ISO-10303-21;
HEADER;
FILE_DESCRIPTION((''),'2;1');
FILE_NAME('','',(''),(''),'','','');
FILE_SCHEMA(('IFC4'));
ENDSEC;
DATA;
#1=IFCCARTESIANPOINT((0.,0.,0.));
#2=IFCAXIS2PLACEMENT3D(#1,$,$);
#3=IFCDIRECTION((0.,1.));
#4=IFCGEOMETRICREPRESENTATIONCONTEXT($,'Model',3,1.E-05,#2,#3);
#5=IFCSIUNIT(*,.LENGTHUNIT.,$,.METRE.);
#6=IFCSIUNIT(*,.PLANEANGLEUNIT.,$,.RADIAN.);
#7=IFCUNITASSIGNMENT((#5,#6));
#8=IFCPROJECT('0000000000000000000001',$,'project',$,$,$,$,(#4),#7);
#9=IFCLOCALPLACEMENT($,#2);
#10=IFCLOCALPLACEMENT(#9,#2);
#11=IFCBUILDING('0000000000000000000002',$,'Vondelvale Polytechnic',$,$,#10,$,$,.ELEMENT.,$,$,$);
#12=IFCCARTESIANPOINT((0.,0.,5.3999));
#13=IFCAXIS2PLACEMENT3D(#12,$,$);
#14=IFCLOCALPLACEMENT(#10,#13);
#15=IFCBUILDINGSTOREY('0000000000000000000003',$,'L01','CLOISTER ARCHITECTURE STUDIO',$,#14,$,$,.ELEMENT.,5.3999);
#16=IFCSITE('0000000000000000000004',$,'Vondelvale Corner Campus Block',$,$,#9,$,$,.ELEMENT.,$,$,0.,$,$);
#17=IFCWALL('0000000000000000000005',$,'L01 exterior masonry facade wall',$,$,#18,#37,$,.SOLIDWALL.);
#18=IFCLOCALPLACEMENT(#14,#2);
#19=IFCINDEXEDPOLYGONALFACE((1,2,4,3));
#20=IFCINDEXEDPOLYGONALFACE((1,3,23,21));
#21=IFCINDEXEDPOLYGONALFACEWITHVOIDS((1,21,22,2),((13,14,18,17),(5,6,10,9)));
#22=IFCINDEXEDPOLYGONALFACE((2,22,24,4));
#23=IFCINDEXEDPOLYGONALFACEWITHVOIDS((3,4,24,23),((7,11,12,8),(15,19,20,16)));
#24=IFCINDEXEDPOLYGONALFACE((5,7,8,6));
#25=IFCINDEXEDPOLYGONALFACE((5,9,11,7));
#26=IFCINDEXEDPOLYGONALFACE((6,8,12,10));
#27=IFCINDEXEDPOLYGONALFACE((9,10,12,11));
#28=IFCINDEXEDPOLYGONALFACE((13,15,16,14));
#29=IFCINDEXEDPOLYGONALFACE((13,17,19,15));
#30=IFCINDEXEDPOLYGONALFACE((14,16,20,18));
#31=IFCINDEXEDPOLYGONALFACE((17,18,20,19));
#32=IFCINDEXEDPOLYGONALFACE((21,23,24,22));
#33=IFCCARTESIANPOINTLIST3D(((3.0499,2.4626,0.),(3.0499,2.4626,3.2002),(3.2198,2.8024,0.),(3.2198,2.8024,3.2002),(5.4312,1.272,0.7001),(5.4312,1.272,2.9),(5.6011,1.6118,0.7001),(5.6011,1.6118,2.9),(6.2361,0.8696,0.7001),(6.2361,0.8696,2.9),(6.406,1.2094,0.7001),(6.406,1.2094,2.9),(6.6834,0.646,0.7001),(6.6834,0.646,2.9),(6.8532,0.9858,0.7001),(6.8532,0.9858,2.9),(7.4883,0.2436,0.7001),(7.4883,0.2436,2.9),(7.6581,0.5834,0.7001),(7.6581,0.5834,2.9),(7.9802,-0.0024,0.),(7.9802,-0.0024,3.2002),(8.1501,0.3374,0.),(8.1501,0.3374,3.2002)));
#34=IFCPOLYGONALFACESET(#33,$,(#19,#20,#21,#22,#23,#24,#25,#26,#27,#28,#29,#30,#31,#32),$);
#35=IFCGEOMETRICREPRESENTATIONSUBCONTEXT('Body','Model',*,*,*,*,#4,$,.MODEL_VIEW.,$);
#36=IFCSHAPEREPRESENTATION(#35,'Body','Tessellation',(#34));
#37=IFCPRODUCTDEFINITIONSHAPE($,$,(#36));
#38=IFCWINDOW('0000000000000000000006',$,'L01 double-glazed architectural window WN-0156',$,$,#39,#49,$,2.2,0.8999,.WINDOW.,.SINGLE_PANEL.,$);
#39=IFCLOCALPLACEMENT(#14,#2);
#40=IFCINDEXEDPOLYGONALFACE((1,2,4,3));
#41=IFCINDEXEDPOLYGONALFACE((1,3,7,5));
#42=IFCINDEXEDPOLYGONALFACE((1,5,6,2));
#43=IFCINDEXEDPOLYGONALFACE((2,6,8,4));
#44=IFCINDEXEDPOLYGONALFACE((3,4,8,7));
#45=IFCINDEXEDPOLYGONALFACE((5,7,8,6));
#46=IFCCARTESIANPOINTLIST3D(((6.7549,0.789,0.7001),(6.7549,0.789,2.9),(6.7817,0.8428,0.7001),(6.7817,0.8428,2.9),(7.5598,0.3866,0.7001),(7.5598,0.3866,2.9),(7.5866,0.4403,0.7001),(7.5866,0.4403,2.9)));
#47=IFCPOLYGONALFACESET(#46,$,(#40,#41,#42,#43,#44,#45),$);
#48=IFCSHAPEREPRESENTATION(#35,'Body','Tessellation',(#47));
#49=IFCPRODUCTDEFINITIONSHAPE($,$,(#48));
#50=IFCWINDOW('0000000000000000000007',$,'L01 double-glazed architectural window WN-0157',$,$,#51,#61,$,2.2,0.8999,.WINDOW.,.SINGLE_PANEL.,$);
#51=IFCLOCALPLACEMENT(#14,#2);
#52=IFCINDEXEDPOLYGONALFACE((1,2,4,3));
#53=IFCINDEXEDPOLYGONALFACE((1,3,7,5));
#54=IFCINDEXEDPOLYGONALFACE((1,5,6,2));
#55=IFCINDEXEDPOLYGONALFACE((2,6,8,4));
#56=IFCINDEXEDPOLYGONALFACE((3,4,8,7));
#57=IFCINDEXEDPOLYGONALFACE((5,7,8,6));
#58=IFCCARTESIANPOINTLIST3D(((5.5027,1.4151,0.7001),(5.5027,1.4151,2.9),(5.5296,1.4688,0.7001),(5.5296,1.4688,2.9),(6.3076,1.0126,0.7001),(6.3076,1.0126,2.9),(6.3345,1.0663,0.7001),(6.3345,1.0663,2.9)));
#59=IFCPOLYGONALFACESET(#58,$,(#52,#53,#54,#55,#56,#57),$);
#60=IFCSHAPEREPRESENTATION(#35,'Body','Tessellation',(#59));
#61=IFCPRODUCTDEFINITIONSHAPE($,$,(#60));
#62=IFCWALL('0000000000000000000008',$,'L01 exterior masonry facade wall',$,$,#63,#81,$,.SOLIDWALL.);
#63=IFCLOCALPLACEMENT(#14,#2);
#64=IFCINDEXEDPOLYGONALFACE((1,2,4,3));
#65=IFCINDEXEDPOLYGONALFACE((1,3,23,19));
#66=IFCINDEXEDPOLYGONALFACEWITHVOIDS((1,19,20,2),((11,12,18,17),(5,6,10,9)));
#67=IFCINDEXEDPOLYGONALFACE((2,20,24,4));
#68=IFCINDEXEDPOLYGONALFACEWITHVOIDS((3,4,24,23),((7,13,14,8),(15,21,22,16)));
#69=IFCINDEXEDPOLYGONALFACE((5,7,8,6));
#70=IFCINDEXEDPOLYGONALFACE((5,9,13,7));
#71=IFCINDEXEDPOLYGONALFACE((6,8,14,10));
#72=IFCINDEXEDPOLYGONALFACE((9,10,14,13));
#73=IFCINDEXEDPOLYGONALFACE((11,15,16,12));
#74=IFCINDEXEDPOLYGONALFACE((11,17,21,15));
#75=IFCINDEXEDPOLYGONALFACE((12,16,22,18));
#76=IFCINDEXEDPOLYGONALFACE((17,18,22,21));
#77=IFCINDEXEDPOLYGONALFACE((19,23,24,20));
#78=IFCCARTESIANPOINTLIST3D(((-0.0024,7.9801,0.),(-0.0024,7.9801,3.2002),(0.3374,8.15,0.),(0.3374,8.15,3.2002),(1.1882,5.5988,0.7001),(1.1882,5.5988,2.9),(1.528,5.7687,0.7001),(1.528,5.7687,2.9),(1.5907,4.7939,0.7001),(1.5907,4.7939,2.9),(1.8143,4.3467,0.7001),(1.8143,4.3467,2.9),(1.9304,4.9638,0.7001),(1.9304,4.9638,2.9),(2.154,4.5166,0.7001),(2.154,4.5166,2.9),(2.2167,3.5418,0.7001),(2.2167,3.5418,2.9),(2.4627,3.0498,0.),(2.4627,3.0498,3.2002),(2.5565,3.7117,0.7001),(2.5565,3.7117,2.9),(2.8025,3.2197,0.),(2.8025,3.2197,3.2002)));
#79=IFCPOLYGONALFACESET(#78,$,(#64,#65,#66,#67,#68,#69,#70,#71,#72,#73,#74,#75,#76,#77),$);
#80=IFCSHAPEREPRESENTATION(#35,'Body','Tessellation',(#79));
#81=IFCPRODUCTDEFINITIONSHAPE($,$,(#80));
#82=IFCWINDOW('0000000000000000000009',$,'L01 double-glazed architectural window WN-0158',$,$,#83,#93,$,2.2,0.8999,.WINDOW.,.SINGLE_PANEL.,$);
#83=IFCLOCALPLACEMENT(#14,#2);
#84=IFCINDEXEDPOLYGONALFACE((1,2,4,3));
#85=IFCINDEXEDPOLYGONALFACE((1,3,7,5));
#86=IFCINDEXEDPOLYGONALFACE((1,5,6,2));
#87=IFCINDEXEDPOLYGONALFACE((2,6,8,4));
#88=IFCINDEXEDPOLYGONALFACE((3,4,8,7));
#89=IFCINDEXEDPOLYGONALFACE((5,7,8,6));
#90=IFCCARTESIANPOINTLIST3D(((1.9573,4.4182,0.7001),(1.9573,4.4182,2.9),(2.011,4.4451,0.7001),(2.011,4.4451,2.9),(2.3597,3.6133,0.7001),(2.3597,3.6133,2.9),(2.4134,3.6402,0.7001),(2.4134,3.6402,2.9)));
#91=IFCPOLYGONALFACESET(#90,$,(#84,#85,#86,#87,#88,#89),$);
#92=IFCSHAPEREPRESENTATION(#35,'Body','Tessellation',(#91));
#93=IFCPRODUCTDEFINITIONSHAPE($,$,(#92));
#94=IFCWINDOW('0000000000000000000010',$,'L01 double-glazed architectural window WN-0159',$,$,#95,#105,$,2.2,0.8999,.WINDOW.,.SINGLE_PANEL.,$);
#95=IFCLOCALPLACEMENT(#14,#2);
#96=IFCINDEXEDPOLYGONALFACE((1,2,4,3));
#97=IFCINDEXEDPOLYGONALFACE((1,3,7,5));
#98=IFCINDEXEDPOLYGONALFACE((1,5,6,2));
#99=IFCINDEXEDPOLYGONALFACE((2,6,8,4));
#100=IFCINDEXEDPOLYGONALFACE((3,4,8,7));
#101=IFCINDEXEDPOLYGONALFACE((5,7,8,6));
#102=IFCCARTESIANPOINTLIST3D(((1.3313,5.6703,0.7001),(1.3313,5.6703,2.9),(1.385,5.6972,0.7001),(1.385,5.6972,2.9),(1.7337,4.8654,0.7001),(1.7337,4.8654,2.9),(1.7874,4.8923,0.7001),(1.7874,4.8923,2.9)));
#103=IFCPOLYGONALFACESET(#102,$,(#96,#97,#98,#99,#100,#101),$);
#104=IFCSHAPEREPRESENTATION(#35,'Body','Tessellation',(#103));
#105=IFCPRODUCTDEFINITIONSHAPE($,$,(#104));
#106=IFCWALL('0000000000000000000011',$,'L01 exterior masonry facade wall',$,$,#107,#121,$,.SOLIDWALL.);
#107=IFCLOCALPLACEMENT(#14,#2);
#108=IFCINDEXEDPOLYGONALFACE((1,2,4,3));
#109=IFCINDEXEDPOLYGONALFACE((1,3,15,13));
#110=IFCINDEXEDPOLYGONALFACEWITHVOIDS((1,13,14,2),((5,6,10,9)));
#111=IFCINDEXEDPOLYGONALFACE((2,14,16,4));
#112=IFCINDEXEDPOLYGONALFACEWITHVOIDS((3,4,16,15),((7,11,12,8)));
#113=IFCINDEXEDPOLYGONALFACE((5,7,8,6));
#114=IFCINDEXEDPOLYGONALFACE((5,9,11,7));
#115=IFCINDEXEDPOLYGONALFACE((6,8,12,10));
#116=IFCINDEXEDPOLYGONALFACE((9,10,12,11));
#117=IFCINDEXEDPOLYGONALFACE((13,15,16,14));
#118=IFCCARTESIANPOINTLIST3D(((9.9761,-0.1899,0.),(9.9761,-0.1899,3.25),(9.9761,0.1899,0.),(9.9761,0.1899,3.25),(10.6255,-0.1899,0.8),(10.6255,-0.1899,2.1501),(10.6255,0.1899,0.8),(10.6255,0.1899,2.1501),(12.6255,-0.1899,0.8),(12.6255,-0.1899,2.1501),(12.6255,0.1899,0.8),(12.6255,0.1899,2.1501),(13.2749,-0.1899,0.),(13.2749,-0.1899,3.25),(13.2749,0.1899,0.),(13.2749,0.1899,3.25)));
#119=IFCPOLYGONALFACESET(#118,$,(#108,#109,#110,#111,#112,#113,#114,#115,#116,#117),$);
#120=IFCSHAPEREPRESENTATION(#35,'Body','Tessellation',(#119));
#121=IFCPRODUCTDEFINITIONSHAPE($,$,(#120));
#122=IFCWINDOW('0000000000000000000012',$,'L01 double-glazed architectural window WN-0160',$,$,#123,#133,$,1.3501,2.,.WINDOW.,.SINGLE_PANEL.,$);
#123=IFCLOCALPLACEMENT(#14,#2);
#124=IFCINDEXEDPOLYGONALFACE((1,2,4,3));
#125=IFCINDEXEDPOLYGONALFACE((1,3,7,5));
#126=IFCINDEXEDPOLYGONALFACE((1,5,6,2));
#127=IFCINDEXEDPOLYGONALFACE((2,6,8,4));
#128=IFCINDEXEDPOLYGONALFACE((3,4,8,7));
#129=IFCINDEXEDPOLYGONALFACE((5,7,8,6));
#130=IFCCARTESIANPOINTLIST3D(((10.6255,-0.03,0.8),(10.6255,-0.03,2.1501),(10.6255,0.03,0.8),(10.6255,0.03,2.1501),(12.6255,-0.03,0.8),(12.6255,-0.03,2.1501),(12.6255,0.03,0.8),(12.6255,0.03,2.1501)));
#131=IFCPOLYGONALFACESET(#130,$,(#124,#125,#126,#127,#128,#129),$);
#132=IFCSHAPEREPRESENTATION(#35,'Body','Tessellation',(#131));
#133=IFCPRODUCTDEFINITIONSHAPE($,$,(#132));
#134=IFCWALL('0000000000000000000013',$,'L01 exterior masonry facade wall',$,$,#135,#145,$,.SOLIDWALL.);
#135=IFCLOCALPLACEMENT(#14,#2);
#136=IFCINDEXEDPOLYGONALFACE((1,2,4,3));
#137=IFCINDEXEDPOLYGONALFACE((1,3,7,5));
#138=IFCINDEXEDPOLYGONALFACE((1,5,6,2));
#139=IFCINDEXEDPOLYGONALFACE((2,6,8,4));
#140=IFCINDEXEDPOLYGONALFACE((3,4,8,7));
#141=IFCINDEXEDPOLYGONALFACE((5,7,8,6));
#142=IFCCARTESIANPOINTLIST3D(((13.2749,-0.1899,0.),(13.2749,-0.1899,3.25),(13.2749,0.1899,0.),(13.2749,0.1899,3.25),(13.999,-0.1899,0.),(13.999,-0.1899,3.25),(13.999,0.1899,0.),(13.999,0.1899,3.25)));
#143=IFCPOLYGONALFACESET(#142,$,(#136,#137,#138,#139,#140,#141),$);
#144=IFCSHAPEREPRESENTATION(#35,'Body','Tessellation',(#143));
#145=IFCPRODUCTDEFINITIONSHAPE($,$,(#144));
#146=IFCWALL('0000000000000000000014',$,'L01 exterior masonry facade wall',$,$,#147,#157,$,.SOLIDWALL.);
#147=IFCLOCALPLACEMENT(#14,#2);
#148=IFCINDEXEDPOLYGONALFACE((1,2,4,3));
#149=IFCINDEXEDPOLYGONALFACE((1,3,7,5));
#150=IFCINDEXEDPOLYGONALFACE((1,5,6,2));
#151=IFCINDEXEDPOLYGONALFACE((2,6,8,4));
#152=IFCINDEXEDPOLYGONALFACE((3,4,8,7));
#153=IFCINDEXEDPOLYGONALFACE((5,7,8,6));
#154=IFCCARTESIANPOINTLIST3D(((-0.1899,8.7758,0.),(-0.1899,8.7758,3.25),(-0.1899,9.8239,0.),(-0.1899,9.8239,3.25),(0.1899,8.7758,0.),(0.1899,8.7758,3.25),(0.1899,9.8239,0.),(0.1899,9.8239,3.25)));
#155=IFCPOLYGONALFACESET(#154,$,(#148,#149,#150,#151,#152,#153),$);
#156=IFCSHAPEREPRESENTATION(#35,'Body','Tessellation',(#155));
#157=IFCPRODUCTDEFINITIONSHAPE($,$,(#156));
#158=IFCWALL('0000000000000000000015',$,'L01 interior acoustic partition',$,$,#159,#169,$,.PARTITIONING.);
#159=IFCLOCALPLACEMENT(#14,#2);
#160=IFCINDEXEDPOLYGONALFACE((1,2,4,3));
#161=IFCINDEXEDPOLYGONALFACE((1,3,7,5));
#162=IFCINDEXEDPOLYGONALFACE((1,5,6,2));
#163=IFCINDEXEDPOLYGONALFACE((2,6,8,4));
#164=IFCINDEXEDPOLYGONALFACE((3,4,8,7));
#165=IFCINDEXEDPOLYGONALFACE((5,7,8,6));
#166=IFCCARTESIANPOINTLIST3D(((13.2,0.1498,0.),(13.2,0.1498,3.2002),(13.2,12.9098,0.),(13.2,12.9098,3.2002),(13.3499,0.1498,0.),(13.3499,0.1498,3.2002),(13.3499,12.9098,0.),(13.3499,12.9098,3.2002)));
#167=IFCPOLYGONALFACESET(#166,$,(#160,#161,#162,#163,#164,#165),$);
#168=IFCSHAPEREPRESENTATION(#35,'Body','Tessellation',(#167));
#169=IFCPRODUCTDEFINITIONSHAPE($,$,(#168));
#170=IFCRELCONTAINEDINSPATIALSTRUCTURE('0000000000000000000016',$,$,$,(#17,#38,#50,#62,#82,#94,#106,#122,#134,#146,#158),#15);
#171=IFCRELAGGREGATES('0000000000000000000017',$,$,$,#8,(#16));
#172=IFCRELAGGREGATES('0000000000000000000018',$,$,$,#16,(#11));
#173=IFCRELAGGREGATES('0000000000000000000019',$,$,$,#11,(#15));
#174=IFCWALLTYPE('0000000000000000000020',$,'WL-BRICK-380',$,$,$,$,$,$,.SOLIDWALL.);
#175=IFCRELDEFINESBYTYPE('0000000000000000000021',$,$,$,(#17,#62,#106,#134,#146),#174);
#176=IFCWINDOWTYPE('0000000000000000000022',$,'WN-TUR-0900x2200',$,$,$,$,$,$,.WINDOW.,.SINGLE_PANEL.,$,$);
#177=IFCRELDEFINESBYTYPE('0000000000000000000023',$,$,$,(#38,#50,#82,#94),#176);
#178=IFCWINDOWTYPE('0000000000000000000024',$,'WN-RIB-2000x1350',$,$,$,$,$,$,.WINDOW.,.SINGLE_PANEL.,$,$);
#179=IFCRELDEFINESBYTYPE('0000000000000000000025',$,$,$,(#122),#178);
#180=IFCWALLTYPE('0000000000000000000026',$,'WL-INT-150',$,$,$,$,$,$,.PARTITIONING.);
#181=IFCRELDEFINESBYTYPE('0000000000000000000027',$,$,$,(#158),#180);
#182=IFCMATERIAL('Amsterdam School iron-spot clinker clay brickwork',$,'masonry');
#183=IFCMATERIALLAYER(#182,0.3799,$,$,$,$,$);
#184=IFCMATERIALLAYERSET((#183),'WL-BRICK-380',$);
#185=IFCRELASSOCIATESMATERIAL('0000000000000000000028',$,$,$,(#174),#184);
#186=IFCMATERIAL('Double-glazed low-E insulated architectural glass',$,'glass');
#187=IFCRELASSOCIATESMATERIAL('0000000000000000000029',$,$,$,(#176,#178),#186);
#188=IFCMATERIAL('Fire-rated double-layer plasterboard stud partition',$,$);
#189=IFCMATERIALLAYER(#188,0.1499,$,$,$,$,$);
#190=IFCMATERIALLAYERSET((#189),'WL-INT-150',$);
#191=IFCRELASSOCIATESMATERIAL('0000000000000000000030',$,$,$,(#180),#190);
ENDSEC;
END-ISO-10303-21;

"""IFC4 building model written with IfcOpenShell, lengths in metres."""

from ifc_helpers import new_model, si_unit, direction, frame, frame_2d, origin, place, context, subcontext, project, spatial, rectangle, extrude, material, layer, layer_set, type_object, element, fill, save


model = new_model("IFC4")

# Units and contexts
model_context = context("Model", 3, precision=1e-05, world=origin(), true_north=direction((0.0, 1.0)))
body_context = subcontext(model_context, "Body", "Model", "MODEL_VIEW")
ifc_project = project(units=[si_unit("LENGTHUNIT", "METRE"), si_unit("PLANEANGLEUNIT", "RADIAN")], contexts=[model_context])

# Site, building, storey
site_placement = place(None, origin())
site = spatial("IfcSite", under=ifc_project, at=site_placement, Name="Vondelvale Corner Campus Block", CompositionType="ELEMENT", RefElevation=0.0)
building_placement = place(site_placement, origin())
building = spatial("IfcBuilding", under=site, at=building_placement, Name="Vondelvale Polytechnic", CompositionType="ELEMENT")
storey_placement = place(building_placement, frame((0.0, 0.0, 5.3999)))
storey = spatial("IfcBuildingStorey", under=building, at=storey_placement, Name="L01", Description="CLOISTER ARCHITECTURE STUDIO", CompositionType="ELEMENT", Elevation=5.3999)

# Walls, openings, windows
ifc_material_1 = material(Name="Amsterdam School iron-spot clinker clay brickwork", Category="masonry")
ifc_layer_1 = layer(ifc_material_1, 0.3799)
ifc_layer_set_1 = layer_set([ifc_layer_1], Name="WL-BRICK-380")
wall_type_1 = type_object("IfcWallType", Name="WL-BRICK-380", PredefinedType="SOLIDWALL", material=ifc_layer_set_1)
wall_1_placement = place(storey_placement, frame((8.0652, 0.1675, 0.0), z_axis=(0.0, 0.0, 1.0), x_axis=(-0.894436, 0.447196, 0.0)))
wall_1 = element("IfcWall", 1, at=wall_1_placement, inside=storey, type_object=wall_type_1, Name="L01 exterior masonry facade wall", PredefinedType="SOLIDWALL", context=body_context, shape_type="SweptSolid", body=[
    extrude(rectangle(XDim=5.5122, YDim=0.3799, at=frame_2d((2.7561, 0.0))), origin(), (0.0, 0.0, 1.0), 3.2002),
])
opening_1_placement = place(wall_1_placement, frame((0.55, 0.0, 0.7)))
opening_1 = element("IfcOpeningElement", 2, at=opening_1_placement, cuts=wall_1, PredefinedType="OPENING", context=body_context, shape_type="SweptSolid", body=[
    extrude(rectangle(XDim=0.8999, YDim=2.2, at=frame_2d((0.45, 1.1001))), frame((0.0, 0.2, 0.0), z_axis=(0.0, -1.0, 0.0), x_axis=(1.0, 0.0, 0.0)), (0.0, 0.0, 1.0), 0.3999),
])
opening_2_placement = place(wall_1_placement, frame((1.95, 0.0, 0.7)))
opening_2 = element("IfcOpeningElement", 3, at=opening_2_placement, cuts=wall_1, PredefinedType="OPENING", context=body_context, shape_type="SweptSolid", body=[
    extrude(rectangle(XDim=0.8999, YDim=2.2, at=frame_2d((0.45, 1.1001))), frame((0.0, 0.2, 0.0), z_axis=(0.0, -1.0, 0.0), x_axis=(1.0, 0.0, 0.0)), (0.0, 0.0, 1.0), 0.3999),
])
ifc_material_2 = material(Name="Double-glazed low-E insulated architectural glass", Category="glass")
window_type_1 = type_object("IfcWindowType", Name="WN-TUR-0900x2200", PartitioningType="SINGLE_PANEL", PredefinedType="WINDOW", material=ifc_material_2)
window_1_placement = place(opening_1_placement, origin())
window_1 = element("IfcWindow", 4, at=window_1_placement, inside=storey, type_object=window_type_1, Name="L01 double-glazed architectural window WN-0156", OverallHeight=2.2, OverallWidth=0.8999, PartitioningType="SINGLE_PANEL", PredefinedType="WINDOW", context=body_context, shape_type="SweptSolid", body=[
    extrude(rectangle(XDim=0.8999, YDim=2.2, at=frame_2d((0.45, 1.1001))), frame((0.0, 0.03, 0.0), z_axis=(0.0, -1.0, 0.0), x_axis=(1.0, 0.0, 0.0)), (0.0, 0.0, 1.0), 0.0601),
])
fill(opening_1, window_1)
window_2_placement = place(opening_2_placement, origin())
window_2 = element("IfcWindow", 5, at=window_2_placement, inside=storey, type_object=window_type_1, Name="L01 double-glazed architectural window WN-0157", OverallHeight=2.2, OverallWidth=0.8999, PartitioningType="SINGLE_PANEL", PredefinedType="WINDOW", context=body_context, shape_type="SweptSolid", body=[
    extrude(rectangle(XDim=0.8999, YDim=2.2, at=frame_2d((0.45, 1.1001))), frame((0.0, 0.03, 0.0), z_axis=(0.0, -1.0, 0.0), x_axis=(1.0, 0.0, 0.0)), (0.0, 0.0, 1.0), 0.0601),
])
fill(opening_2, window_2)
wall_2_placement = place(storey_placement, frame((2.6326, 3.1348, 0.0), z_axis=(0.0, 0.0, 1.0), x_axis=(-0.447196, 0.894436, 0.0)))
wall_2 = element("IfcWall", 6, at=wall_2_placement, inside=storey, type_object=wall_type_1, Name="L01 exterior masonry facade wall", PredefinedType="SOLIDWALL", context=body_context, shape_type="SweptSolid", body=[
    extrude(rectangle(XDim=5.5122, YDim=0.3799, at=frame_2d((2.7561, 0.0))), origin(), (0.0, 0.0, 1.0), 3.2002),
])
opening_3_placement = place(wall_2_placement, frame((0.55, 0.0, 0.7)))
opening_3 = element("IfcOpeningElement", 7, at=opening_3_placement, cuts=wall_2, PredefinedType="OPENING", context=body_context, shape_type="SweptSolid", body=[
    extrude(rectangle(XDim=0.8999, YDim=2.2, at=frame_2d((0.45, 1.1001))), frame((0.0, 0.2, 0.0), z_axis=(0.0, -1.0, 0.0), x_axis=(1.0, 0.0, 0.0)), (0.0, 0.0, 1.0), 0.3999),
])
opening_4_placement = place(wall_2_placement, frame((1.95, 0.0, 0.7)))
opening_4 = element("IfcOpeningElement", 8, at=opening_4_placement, cuts=wall_2, PredefinedType="OPENING", context=body_context, shape_type="SweptSolid", body=[
    extrude(rectangle(XDim=0.8999, YDim=2.2, at=frame_2d((0.45, 1.1001))), frame((0.0, 0.2, 0.0), z_axis=(0.0, -1.0, 0.0), x_axis=(1.0, 0.0, 0.0)), (0.0, 0.0, 1.0), 0.3999),
])
window_3_placement = place(opening_3_placement, origin())
window_3 = element("IfcWindow", 9, at=window_3_placement, inside=storey, type_object=window_type_1, Name="L01 double-glazed architectural window WN-0158", OverallHeight=2.2, OverallWidth=0.8999, PartitioningType="SINGLE_PANEL", PredefinedType="WINDOW", context=body_context, shape_type="SweptSolid", body=[
    extrude(rectangle(XDim=0.8999, YDim=2.2, at=frame_2d((0.45, 1.1001))), frame((0.0, 0.03, 0.0), z_axis=(0.0, -1.0, 0.0), x_axis=(1.0, 0.0, 0.0)), (0.0, 0.0, 1.0), 0.0601),
])
fill(opening_3, window_3)
window_4_placement = place(opening_4_placement, origin())
window_4 = element("IfcWindow", 10, at=window_4_placement, inside=storey, type_object=window_type_1, Name="L01 double-glazed architectural window WN-0159", OverallHeight=2.2, OverallWidth=0.8999, PartitioningType="SINGLE_PANEL", PredefinedType="WINDOW", context=body_context, shape_type="SweptSolid", body=[
    extrude(rectangle(XDim=0.8999, YDim=2.2, at=frame_2d((0.45, 1.1001))), frame((0.0, 0.03, 0.0), z_axis=(0.0, -1.0, 0.0), x_axis=(1.0, 0.0, 0.0)), (0.0, 0.0, 1.0), 0.0601),
])
fill(opening_4, window_4)

# Wall, opening, window
wall_3_placement = place(storey_placement, frame((13.2749, 0.0, 0.0), z_axis=(0.0, 0.0, 1.0), x_axis=(-1.0, 0.0, 0.0)))
wall_3 = element("IfcWall", 11, at=wall_3_placement, inside=storey, type_object=wall_type_1, Name="L01 exterior masonry facade wall", PredefinedType="SOLIDWALL", context=body_context, shape_type="SweptSolid", body=[
    extrude(rectangle(XDim=3.2988, YDim=0.3799, at=frame_2d((1.6494, 0.0))), origin(), (0.0, 0.0, 1.0), 3.25),
])
opening_5_placement = place(wall_3_placement, frame((0.6494, 0.0, 0.8)))
opening_5 = element("IfcOpeningElement", 12, at=opening_5_placement, cuts=wall_3, PredefinedType="OPENING", context=body_context, shape_type="SweptSolid", body=[
    extrude(rectangle(XDim=2.0, YDim=1.3501, at=frame_2d((1.0, 0.675))), frame((0.0, 0.2, 0.0), z_axis=(0.0, -1.0, 0.0), x_axis=(1.0, 0.0, 0.0)), (0.0, 0.0, 1.0), 0.3999),
])
window_type_2 = type_object("IfcWindowType", Name="WN-RIB-2000x1350", PartitioningType="SINGLE_PANEL", PredefinedType="WINDOW", material=ifc_material_2)
window_5_placement = place(opening_5_placement, origin())
window_5 = element("IfcWindow", 13, at=window_5_placement, inside=storey, type_object=window_type_2, Name="L01 double-glazed architectural window WN-0160", OverallHeight=1.3501, OverallWidth=2.0, PartitioningType="SINGLE_PANEL", PredefinedType="WINDOW", context=body_context, shape_type="SweptSolid", body=[
    extrude(rectangle(XDim=2.0, YDim=1.3501, at=frame_2d((1.0, 0.675))), frame((0.0, 0.03, 0.0), z_axis=(0.0, -1.0, 0.0), x_axis=(1.0, 0.0, 0.0)), (0.0, 0.0, 1.0), 0.0601),
])
fill(opening_5, window_5)

# Walls
wall_4_placement = place(storey_placement, frame((13.999, 0.0, 0.0), z_axis=(0.0, 0.0, 1.0), x_axis=(-1.0, 0.0, 0.0)))
element("IfcWall", 14, at=wall_4_placement, inside=storey, type_object=wall_type_1, Name="L01 exterior masonry facade wall", PredefinedType="SOLIDWALL", context=body_context, shape_type="SweptSolid", body=[
    extrude(rectangle(XDim=0.7241, YDim=0.3799, at=frame_2d((0.3621, 0.0))), origin(), (0.0, 0.0, 1.0), 3.25),
])
wall_5_placement = place(storey_placement, frame((0.0, 8.7759, 0.0), z_axis=(0.0, 0.0, 1.0), x_axis=(0.0, 1.0, 0.0)))
element("IfcWall", 15, at=wall_5_placement, inside=storey, type_object=wall_type_1, Name="L01 exterior masonry facade wall", PredefinedType="SOLIDWALL", context=body_context, shape_type="SweptSolid", body=[
    extrude(rectangle(XDim=1.0481, YDim=0.3799, at=frame_2d((0.5239, 0.0))), origin(), (0.0, 0.0, 1.0), 3.25),
])
ifc_material_3 = material(Name="Fire-rated double-layer plasterboard stud partition")
ifc_layer_2 = layer(ifc_material_3, 0.1499)
ifc_layer_set_2 = layer_set([ifc_layer_2], Name="WL-INT-150")
wall_type_2 = type_object("IfcWallType", Name="WL-INT-150", PredefinedType="PARTITIONING", material=ifc_layer_set_2)
wall_6_placement = place(storey_placement, frame((13.2749, 0.1499, 0.0), z_axis=(0.0, 0.0, 1.0), x_axis=(0.0, 1.0, 0.0)))
element("IfcWall", 16, at=wall_6_placement, inside=storey, type_object=wall_type_2, Name="L01 interior acoustic partition", PredefinedType="PARTITIONING", context=body_context, shape_type="SweptSolid", body=[
    extrude(rectangle(XDim=12.76, YDim=0.1499, at=frame_2d((6.3799, 0.0))), origin(), (0.0, 0.0, 1.0), 3.2002),
])

save(model, "model.ifc")
